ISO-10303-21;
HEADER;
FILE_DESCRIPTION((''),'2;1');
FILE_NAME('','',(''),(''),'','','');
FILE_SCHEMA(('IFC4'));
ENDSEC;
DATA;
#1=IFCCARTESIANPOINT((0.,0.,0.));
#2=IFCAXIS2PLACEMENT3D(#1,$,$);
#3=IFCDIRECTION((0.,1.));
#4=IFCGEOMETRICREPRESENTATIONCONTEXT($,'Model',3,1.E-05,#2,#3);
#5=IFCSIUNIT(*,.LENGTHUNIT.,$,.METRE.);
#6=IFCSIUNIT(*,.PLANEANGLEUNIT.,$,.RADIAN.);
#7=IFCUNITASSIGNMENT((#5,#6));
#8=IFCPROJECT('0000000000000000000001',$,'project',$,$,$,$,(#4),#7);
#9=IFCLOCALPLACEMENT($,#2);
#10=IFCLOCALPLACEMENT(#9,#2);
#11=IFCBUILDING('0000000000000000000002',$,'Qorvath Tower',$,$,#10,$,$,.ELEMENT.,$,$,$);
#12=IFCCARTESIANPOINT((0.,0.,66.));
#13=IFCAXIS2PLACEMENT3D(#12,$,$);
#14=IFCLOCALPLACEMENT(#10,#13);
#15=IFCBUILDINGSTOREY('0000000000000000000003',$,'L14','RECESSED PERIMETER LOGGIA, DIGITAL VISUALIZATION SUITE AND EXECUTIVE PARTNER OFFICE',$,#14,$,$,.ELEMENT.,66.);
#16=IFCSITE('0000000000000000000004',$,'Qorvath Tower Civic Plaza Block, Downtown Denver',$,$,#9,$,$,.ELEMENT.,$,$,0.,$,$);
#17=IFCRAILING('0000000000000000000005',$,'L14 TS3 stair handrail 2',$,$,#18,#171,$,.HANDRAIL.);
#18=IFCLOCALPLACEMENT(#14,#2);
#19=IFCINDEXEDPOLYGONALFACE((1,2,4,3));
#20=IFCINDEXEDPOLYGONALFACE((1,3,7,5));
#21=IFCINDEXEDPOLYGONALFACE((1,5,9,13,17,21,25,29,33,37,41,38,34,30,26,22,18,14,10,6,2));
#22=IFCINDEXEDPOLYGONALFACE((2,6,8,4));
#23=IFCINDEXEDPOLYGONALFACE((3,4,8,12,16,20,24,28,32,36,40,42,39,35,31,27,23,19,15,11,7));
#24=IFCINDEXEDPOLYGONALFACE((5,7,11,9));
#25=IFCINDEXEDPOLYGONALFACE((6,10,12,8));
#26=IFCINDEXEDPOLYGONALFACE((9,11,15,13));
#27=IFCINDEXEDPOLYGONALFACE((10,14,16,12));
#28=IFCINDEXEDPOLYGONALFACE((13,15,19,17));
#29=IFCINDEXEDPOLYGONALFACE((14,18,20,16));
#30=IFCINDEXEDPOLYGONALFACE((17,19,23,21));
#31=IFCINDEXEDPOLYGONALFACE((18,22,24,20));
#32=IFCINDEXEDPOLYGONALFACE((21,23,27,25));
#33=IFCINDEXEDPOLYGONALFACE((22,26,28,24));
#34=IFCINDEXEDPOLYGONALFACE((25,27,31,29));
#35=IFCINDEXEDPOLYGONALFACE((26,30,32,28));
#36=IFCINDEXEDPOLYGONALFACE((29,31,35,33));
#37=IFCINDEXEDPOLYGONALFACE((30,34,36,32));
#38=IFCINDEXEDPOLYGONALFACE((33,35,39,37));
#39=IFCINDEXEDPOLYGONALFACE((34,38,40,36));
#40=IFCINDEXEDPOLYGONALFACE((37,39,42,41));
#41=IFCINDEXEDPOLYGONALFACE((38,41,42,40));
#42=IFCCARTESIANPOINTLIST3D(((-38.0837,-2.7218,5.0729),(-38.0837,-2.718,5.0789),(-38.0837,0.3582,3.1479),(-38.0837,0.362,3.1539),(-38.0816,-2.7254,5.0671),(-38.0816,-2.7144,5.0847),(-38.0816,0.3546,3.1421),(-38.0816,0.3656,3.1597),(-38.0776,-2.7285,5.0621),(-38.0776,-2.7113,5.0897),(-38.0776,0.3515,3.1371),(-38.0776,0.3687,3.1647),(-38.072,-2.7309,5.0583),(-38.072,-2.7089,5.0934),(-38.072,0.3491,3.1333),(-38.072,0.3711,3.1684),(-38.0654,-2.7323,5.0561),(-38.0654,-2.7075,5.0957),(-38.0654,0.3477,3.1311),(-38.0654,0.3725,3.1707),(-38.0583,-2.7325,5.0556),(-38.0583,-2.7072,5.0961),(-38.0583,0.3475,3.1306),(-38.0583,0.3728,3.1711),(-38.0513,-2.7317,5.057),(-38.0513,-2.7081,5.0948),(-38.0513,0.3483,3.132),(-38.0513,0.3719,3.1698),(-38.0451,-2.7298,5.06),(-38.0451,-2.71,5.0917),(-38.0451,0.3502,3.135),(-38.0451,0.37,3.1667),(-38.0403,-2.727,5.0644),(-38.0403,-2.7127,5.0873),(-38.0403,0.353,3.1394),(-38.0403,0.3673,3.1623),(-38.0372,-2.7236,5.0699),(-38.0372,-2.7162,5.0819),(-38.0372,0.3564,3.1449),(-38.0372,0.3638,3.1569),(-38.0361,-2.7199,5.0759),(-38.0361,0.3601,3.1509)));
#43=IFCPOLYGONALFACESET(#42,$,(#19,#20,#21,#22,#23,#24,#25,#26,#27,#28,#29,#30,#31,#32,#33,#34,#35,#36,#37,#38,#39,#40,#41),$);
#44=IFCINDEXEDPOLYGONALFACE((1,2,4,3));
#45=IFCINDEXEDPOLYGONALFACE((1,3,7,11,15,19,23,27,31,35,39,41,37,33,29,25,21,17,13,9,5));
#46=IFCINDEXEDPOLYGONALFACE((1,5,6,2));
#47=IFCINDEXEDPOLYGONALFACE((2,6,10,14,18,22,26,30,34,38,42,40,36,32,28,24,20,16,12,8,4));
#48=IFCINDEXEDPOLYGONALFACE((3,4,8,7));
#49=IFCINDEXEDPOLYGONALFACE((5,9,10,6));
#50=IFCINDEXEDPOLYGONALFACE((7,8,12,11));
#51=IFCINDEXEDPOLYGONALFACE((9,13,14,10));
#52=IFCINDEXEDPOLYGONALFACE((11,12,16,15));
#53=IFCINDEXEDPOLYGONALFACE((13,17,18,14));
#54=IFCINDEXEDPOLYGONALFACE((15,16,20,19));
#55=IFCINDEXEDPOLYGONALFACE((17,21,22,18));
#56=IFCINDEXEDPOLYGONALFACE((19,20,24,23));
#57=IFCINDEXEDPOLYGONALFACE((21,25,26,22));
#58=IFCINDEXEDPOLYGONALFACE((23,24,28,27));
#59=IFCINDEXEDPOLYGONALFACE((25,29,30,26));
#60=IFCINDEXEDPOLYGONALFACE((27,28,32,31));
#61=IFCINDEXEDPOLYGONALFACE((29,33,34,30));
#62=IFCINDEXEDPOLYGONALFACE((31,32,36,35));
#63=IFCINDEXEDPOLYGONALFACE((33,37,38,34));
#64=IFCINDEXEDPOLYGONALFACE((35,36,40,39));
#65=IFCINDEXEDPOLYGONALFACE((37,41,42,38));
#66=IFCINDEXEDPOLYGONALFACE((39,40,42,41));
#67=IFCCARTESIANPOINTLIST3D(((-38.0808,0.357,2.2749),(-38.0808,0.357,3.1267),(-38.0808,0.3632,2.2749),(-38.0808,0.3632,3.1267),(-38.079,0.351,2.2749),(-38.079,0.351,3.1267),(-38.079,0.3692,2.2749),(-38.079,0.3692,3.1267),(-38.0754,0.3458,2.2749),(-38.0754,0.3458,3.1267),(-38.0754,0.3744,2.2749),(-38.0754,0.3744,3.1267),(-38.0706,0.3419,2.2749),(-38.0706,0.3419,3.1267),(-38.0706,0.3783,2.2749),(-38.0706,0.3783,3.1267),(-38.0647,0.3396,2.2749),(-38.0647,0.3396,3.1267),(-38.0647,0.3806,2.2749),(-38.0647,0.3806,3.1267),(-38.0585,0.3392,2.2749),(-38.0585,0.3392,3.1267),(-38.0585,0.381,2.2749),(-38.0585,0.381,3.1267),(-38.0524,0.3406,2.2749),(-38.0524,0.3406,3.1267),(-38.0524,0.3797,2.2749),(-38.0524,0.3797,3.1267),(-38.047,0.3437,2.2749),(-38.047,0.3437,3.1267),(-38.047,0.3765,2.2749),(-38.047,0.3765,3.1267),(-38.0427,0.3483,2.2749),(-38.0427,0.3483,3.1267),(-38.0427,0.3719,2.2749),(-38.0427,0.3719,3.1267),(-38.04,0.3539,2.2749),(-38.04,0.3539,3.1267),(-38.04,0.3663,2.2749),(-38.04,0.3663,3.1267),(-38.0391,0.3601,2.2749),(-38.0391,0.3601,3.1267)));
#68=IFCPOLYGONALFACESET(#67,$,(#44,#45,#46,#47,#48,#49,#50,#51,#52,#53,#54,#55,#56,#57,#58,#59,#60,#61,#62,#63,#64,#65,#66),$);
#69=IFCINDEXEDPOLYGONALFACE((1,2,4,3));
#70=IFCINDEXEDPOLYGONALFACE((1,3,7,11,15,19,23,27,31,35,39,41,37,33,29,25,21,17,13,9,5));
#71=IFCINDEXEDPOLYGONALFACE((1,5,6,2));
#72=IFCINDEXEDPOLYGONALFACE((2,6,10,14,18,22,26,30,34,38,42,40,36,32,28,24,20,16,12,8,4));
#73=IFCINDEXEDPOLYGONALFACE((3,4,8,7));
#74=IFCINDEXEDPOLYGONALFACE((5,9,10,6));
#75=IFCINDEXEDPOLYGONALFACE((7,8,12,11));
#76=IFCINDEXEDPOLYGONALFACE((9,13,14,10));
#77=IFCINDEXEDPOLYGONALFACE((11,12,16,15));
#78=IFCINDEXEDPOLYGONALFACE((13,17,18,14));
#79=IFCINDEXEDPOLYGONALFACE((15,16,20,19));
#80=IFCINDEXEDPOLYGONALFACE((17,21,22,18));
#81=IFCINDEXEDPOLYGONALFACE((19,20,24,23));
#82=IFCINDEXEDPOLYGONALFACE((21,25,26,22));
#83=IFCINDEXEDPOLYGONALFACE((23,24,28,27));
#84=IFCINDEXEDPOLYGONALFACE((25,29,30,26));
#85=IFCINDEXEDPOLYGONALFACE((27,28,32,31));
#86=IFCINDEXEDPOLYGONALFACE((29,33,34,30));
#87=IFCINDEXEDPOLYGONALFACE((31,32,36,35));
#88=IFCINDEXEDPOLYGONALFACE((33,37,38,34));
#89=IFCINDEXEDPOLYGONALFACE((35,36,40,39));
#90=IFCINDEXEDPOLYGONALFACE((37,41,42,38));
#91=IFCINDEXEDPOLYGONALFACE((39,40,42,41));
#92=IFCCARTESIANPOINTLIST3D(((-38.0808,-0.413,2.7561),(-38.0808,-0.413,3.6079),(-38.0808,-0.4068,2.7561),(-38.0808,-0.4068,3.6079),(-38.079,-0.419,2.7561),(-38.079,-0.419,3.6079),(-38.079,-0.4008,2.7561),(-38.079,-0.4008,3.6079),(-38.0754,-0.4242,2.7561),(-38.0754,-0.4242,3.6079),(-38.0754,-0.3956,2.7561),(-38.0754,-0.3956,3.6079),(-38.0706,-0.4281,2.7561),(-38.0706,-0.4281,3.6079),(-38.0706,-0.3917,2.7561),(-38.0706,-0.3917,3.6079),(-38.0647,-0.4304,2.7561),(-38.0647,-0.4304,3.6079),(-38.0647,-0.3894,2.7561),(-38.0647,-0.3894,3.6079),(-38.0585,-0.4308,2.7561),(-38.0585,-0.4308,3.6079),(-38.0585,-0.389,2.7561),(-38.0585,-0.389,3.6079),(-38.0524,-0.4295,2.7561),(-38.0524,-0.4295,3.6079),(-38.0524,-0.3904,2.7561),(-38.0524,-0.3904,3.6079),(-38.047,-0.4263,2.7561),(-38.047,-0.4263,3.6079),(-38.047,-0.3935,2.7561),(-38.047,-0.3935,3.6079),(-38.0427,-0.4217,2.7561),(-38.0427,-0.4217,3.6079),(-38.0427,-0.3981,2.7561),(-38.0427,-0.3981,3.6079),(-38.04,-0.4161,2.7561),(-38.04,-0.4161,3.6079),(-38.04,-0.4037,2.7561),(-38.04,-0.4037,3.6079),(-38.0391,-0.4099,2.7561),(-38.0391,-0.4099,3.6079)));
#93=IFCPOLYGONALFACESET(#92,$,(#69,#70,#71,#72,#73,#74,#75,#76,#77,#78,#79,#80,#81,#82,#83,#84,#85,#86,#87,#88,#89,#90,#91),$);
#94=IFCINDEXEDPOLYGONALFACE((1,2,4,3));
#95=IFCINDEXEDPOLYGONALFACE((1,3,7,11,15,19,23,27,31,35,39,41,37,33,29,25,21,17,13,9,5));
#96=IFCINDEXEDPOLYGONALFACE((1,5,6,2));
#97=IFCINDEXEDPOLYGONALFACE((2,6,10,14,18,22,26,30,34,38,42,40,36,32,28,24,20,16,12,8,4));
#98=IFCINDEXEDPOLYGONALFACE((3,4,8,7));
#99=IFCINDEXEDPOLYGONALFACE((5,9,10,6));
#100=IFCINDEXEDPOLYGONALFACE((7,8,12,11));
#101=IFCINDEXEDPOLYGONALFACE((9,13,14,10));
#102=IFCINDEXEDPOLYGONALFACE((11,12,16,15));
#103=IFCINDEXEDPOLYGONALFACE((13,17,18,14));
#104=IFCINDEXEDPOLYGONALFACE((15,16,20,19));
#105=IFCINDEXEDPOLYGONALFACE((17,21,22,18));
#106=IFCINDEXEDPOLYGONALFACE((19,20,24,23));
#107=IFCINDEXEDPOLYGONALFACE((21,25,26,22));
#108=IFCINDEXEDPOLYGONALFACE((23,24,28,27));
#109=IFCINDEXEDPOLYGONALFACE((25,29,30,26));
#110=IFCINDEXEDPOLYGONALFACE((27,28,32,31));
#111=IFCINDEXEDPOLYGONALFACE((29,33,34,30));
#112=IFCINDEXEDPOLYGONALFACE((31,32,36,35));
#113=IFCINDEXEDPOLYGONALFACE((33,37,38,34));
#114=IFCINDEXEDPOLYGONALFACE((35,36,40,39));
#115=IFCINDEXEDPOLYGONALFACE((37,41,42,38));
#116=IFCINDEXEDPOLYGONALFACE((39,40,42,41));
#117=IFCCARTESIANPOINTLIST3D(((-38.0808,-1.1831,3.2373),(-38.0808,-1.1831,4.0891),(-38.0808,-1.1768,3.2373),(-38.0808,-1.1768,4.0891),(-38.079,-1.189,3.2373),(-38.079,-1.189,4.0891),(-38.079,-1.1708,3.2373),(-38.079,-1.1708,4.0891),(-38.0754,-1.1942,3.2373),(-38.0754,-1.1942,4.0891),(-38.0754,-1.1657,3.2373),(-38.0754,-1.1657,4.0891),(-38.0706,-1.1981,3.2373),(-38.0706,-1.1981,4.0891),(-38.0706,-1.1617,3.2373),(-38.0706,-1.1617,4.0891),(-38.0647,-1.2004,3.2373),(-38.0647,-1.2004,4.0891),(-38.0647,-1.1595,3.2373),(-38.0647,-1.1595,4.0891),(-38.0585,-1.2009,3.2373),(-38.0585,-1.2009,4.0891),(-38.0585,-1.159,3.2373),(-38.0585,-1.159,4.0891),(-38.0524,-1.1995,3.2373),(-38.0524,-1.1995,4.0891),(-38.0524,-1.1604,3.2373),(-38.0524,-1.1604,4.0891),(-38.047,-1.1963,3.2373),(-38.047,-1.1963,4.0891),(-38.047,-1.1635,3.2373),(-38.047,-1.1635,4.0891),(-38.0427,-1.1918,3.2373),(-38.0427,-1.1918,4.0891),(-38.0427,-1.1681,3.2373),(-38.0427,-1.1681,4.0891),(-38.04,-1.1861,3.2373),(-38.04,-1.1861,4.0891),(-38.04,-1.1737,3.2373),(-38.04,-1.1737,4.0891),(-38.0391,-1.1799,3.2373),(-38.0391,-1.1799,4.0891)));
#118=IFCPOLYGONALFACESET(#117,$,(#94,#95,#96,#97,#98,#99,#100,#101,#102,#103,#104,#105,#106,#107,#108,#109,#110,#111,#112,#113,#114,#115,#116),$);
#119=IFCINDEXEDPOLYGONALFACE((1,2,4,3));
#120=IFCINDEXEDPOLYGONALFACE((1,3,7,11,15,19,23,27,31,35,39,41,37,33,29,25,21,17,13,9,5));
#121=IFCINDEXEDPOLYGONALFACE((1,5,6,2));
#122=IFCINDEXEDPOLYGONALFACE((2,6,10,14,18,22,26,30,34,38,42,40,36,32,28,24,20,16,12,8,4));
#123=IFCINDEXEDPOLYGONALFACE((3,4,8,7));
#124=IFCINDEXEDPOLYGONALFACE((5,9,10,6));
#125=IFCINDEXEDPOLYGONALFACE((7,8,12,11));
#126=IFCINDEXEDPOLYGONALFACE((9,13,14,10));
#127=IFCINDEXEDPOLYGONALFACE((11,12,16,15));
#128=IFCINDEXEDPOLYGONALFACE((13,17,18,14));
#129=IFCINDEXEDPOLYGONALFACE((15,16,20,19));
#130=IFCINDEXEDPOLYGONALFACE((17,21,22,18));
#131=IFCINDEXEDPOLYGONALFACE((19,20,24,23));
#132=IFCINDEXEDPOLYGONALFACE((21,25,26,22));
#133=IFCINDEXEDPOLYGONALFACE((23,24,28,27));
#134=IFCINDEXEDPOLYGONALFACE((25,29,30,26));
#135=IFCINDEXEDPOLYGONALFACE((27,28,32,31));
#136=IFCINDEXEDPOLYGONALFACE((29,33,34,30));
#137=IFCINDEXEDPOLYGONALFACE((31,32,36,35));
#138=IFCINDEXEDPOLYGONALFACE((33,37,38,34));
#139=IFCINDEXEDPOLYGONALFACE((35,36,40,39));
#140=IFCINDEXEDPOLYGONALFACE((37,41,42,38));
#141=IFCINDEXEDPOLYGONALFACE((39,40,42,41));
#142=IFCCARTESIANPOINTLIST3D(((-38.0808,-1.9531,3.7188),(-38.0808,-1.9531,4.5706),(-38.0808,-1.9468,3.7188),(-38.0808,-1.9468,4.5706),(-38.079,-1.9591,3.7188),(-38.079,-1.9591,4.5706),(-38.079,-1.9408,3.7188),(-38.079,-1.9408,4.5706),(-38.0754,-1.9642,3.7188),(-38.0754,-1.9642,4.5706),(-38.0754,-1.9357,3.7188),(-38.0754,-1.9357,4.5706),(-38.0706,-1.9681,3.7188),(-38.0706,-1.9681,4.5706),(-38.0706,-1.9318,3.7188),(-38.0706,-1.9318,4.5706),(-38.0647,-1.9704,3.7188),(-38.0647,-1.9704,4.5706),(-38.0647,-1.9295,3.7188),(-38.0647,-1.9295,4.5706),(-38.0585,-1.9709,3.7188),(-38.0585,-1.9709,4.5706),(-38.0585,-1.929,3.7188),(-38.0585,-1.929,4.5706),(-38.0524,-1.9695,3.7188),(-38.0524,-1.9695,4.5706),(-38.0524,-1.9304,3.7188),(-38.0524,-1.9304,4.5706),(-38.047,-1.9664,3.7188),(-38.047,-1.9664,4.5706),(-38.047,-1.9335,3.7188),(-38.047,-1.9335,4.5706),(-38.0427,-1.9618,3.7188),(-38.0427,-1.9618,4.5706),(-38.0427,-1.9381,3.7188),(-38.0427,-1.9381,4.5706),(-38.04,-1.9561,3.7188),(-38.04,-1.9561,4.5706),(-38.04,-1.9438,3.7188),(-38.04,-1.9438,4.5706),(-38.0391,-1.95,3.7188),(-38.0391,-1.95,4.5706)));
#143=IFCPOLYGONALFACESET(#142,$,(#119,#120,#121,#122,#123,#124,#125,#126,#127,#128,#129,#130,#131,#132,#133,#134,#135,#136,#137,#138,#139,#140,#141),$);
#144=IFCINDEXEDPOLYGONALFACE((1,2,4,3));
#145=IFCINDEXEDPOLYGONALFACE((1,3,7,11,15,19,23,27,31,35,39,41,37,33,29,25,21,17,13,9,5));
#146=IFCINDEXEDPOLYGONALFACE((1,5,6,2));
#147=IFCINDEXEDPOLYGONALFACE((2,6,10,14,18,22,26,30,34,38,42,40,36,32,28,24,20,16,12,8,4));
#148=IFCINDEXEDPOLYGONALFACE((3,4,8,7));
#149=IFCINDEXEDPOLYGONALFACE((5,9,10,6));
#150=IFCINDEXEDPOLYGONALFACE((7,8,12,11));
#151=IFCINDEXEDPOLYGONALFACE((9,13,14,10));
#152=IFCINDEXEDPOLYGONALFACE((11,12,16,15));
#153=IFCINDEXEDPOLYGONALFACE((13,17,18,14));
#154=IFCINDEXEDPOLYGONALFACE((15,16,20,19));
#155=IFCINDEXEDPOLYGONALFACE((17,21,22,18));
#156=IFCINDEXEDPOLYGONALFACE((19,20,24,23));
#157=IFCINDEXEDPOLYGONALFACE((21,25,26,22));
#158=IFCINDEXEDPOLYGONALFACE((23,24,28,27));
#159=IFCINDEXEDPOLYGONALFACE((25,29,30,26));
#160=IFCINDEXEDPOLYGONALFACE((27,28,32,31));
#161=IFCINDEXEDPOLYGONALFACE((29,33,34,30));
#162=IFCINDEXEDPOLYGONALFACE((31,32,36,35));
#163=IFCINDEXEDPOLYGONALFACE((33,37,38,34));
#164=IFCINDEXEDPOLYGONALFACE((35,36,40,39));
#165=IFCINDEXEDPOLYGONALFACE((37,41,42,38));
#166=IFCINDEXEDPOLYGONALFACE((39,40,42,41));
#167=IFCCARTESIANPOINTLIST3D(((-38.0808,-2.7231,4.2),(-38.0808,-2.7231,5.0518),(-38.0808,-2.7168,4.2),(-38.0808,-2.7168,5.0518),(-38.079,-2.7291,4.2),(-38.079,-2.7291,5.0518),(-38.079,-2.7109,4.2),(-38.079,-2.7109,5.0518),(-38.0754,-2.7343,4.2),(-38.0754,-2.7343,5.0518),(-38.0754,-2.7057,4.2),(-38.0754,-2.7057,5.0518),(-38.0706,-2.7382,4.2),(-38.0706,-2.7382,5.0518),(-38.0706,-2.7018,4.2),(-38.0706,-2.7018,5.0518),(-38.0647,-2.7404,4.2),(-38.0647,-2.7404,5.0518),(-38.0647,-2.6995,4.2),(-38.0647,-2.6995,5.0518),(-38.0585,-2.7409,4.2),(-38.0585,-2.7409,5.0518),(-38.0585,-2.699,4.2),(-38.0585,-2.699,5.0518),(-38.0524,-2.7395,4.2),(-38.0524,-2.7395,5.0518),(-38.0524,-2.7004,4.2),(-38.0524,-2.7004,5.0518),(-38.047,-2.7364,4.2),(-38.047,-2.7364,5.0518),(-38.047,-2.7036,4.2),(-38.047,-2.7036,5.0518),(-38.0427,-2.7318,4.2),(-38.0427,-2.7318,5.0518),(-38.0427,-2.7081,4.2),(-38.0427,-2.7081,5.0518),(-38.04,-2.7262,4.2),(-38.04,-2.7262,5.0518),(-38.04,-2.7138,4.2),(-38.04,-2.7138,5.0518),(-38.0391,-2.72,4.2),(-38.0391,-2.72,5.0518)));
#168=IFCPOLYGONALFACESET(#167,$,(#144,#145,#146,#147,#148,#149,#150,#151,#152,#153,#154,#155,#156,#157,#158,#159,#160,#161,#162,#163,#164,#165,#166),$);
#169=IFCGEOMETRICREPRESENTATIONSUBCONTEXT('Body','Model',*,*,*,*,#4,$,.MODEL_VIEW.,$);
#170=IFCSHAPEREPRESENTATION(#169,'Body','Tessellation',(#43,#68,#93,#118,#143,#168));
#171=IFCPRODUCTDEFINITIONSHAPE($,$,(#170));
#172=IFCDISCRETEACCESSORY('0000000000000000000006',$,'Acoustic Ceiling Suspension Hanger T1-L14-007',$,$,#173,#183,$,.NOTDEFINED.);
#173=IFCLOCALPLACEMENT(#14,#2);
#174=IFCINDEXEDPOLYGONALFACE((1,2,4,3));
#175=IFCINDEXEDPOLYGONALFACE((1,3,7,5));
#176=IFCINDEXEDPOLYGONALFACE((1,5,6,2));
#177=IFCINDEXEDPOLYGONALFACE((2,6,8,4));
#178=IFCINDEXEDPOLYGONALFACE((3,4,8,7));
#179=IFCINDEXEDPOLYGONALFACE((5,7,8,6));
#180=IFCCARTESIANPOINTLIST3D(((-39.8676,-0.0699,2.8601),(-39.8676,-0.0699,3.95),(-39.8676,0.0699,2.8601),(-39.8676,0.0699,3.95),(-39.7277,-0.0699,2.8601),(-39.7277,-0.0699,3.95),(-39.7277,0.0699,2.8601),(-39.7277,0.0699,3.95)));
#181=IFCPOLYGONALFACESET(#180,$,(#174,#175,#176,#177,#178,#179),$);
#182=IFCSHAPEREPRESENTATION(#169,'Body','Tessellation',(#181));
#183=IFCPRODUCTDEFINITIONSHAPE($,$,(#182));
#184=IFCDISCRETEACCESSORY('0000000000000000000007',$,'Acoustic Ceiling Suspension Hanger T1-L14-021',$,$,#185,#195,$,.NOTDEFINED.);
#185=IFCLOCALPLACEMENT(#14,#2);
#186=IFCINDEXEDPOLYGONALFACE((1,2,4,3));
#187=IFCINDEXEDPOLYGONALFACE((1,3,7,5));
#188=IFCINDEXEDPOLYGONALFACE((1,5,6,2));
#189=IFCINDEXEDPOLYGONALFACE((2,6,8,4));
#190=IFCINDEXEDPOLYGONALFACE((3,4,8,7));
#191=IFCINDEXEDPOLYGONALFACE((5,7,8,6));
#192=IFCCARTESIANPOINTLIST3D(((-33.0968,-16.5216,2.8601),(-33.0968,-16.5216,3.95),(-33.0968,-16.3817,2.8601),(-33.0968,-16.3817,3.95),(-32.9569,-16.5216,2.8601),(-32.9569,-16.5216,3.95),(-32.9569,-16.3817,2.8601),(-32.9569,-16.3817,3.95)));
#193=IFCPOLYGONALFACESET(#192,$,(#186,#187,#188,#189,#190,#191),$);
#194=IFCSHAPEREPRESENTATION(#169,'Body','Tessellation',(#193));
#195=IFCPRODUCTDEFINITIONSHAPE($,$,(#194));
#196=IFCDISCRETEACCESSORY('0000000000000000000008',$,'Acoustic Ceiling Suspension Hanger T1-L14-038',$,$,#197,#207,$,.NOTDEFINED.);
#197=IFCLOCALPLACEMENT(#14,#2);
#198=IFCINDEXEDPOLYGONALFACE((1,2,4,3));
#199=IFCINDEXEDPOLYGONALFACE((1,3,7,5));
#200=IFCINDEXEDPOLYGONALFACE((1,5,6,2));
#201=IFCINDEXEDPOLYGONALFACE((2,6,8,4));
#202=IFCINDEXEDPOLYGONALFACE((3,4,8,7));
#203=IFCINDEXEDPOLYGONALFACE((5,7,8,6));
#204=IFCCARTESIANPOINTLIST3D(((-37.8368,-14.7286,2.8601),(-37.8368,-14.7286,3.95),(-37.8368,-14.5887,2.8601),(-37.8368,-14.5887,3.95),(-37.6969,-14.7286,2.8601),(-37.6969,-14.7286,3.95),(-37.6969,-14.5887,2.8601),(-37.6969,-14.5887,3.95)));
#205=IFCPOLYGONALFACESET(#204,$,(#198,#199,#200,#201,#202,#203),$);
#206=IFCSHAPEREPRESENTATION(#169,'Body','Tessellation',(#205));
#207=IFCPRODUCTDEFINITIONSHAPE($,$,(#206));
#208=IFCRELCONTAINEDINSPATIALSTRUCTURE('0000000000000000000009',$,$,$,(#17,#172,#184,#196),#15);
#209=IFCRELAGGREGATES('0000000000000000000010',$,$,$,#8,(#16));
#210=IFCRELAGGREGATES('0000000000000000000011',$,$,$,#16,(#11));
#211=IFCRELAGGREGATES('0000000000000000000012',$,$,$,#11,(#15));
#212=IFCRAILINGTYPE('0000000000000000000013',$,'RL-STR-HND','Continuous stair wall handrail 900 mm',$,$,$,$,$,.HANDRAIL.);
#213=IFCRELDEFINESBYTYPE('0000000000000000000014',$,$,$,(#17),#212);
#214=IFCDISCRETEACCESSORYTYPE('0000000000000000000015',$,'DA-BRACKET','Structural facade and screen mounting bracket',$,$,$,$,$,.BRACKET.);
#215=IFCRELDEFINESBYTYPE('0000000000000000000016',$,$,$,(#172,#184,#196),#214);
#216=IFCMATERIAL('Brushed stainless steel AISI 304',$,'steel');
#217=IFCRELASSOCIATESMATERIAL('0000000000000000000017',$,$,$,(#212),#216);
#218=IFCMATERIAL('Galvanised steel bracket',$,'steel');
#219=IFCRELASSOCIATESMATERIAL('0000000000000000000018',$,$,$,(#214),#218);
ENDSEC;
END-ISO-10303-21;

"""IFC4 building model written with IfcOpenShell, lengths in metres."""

from ifc_helpers import new_model, si_unit, direction, frame, origin, origin_2d, place, context, subcontext, project, spatial, rectangle, circle, extrude, material, type_object, element, save


model = new_model("IFC4")

# Units and contexts
model_context = context("Model", 3, precision=1e-05, world=origin(), true_north=direction((0.0, 1.0)))
body_context = subcontext(model_context, "Body", "Model", "MODEL_VIEW")
ifc_project = project(units=[si_unit("LENGTHUNIT", "METRE"), si_unit("PLANEANGLEUNIT", "RADIAN")], contexts=[model_context])

# Site, building, storey
site_placement = place(None, origin())
site = spatial("IfcSite", under=ifc_project, at=site_placement, Name="Qorvath Tower Civic Plaza Block, Downtown Denver", CompositionType="ELEMENT", RefElevation=0.0)
building_placement = place(site_placement, origin())
building = spatial("IfcBuilding", under=site, at=building_placement, Name="Qorvath Tower", CompositionType="ELEMENT")
storey_placement = place(building_placement, frame((0.0, 0.0, 66.0)))
storey = spatial("IfcBuildingStorey", under=building, at=storey_placement, Name="L14", Description="RECESSED PERIMETER LOGGIA, DIGITAL VISUALIZATION SUITE AND EXECUTIVE PARTNER OFFICE", CompositionType="ELEMENT", Elevation=66.0)

# Railing
ifc_material_1 = material(Name="Brushed stainless steel AISI 304", Category="steel")
railing_type_1 = type_object("IfcRailingType", Name="RL-STR-HND", Description="Continuous stair wall handrail 900 mm", PredefinedType="HANDRAIL", material=ifc_material_1)
railing_1_placement = place(storey_placement, frame((-38.0601, 0.3601, 2.2749)))
element("IfcRailing", 1, at=railing_1_placement, inside=storey, type_object=railing_type_1, Name="L14 TS3 stair handrail 2", PredefinedType="HANDRAIL", context=body_context, shape_type="SweptSolid", body=[
    extrude(circle(Radius=0.0239, at=origin_2d()), frame((0.0, 0.0, 0.876), z_axis=(0.0, -0.847998, 0.529999), x_axis=(1.0, 0.0, 0.0)), (0.0, 0.0, 1.0), 3.6321),
    extrude(circle(Radius=0.021, at=origin_2d()), origin(), (0.0, 0.0, 1.0), 0.8518),
    extrude(circle(Radius=0.021, at=origin_2d()), frame((0.0, -0.77, 0.4812)), (0.0, 0.0, 1.0), 0.8518),
    extrude(circle(Radius=0.021, at=origin_2d()), frame((0.0, -1.54, 0.9624)), (0.0, 0.0, 1.0), 0.8518),
    extrude(circle(Radius=0.021, at=origin_2d()), frame((0.0, -2.3101, 1.4438)), (0.0, 0.0, 1.0), 0.8518),
    extrude(circle(Radius=0.021, at=origin_2d()), frame((0.0, -3.0801, 1.925)), (0.0, 0.0, 1.0), 0.8518),
])

# Discrete accessories
ifc_material_2 = material(Name="Galvanised steel bracket", Category="steel")
discrete_accessory_type = type_object("IfcDiscreteAccessoryType", Name="DA-BRACKET", Description="Structural facade and screen mounting bracket", PredefinedType="BRACKET", material=ifc_material_2)
for number, where, z_axis, x_axis, name in (
    (2, (-39.7976, 0.0, 2.8601), (0.0, 0.0, 1.0), (1.0, 0.0, 0.0), "Acoustic Ceiling Suspension Hanger T1-L14-007"),
    (3, (-33.0269, -16.4517, 2.8601), (0.0, 0.0, 1.0), (1.0, 0.0, 0.0), "Acoustic Ceiling Suspension Hanger T1-L14-021"),
    (4, (-37.7668, -14.6587, 2.8601), (0.0, 0.0, 1.0), (1.0, 0.0, 0.0), "Acoustic Ceiling Suspension Hanger T1-L14-038"),
):
    element("IfcDiscreteAccessory", number, at=place(storey_placement, frame(where, z_axis=z_axis, x_axis=x_axis)), inside=storey, type_object=discrete_accessory_type, Name=name, PredefinedType="NOTDEFINED", context=body_context, shape_type="SweptSolid", body=[
        extrude(rectangle(XDim=0.1399, YDim=0.1399, at=origin_2d()), origin(), (0.0, 0.0, 1.0), 1.0898),
    ])

save(model, "model.ifc")
